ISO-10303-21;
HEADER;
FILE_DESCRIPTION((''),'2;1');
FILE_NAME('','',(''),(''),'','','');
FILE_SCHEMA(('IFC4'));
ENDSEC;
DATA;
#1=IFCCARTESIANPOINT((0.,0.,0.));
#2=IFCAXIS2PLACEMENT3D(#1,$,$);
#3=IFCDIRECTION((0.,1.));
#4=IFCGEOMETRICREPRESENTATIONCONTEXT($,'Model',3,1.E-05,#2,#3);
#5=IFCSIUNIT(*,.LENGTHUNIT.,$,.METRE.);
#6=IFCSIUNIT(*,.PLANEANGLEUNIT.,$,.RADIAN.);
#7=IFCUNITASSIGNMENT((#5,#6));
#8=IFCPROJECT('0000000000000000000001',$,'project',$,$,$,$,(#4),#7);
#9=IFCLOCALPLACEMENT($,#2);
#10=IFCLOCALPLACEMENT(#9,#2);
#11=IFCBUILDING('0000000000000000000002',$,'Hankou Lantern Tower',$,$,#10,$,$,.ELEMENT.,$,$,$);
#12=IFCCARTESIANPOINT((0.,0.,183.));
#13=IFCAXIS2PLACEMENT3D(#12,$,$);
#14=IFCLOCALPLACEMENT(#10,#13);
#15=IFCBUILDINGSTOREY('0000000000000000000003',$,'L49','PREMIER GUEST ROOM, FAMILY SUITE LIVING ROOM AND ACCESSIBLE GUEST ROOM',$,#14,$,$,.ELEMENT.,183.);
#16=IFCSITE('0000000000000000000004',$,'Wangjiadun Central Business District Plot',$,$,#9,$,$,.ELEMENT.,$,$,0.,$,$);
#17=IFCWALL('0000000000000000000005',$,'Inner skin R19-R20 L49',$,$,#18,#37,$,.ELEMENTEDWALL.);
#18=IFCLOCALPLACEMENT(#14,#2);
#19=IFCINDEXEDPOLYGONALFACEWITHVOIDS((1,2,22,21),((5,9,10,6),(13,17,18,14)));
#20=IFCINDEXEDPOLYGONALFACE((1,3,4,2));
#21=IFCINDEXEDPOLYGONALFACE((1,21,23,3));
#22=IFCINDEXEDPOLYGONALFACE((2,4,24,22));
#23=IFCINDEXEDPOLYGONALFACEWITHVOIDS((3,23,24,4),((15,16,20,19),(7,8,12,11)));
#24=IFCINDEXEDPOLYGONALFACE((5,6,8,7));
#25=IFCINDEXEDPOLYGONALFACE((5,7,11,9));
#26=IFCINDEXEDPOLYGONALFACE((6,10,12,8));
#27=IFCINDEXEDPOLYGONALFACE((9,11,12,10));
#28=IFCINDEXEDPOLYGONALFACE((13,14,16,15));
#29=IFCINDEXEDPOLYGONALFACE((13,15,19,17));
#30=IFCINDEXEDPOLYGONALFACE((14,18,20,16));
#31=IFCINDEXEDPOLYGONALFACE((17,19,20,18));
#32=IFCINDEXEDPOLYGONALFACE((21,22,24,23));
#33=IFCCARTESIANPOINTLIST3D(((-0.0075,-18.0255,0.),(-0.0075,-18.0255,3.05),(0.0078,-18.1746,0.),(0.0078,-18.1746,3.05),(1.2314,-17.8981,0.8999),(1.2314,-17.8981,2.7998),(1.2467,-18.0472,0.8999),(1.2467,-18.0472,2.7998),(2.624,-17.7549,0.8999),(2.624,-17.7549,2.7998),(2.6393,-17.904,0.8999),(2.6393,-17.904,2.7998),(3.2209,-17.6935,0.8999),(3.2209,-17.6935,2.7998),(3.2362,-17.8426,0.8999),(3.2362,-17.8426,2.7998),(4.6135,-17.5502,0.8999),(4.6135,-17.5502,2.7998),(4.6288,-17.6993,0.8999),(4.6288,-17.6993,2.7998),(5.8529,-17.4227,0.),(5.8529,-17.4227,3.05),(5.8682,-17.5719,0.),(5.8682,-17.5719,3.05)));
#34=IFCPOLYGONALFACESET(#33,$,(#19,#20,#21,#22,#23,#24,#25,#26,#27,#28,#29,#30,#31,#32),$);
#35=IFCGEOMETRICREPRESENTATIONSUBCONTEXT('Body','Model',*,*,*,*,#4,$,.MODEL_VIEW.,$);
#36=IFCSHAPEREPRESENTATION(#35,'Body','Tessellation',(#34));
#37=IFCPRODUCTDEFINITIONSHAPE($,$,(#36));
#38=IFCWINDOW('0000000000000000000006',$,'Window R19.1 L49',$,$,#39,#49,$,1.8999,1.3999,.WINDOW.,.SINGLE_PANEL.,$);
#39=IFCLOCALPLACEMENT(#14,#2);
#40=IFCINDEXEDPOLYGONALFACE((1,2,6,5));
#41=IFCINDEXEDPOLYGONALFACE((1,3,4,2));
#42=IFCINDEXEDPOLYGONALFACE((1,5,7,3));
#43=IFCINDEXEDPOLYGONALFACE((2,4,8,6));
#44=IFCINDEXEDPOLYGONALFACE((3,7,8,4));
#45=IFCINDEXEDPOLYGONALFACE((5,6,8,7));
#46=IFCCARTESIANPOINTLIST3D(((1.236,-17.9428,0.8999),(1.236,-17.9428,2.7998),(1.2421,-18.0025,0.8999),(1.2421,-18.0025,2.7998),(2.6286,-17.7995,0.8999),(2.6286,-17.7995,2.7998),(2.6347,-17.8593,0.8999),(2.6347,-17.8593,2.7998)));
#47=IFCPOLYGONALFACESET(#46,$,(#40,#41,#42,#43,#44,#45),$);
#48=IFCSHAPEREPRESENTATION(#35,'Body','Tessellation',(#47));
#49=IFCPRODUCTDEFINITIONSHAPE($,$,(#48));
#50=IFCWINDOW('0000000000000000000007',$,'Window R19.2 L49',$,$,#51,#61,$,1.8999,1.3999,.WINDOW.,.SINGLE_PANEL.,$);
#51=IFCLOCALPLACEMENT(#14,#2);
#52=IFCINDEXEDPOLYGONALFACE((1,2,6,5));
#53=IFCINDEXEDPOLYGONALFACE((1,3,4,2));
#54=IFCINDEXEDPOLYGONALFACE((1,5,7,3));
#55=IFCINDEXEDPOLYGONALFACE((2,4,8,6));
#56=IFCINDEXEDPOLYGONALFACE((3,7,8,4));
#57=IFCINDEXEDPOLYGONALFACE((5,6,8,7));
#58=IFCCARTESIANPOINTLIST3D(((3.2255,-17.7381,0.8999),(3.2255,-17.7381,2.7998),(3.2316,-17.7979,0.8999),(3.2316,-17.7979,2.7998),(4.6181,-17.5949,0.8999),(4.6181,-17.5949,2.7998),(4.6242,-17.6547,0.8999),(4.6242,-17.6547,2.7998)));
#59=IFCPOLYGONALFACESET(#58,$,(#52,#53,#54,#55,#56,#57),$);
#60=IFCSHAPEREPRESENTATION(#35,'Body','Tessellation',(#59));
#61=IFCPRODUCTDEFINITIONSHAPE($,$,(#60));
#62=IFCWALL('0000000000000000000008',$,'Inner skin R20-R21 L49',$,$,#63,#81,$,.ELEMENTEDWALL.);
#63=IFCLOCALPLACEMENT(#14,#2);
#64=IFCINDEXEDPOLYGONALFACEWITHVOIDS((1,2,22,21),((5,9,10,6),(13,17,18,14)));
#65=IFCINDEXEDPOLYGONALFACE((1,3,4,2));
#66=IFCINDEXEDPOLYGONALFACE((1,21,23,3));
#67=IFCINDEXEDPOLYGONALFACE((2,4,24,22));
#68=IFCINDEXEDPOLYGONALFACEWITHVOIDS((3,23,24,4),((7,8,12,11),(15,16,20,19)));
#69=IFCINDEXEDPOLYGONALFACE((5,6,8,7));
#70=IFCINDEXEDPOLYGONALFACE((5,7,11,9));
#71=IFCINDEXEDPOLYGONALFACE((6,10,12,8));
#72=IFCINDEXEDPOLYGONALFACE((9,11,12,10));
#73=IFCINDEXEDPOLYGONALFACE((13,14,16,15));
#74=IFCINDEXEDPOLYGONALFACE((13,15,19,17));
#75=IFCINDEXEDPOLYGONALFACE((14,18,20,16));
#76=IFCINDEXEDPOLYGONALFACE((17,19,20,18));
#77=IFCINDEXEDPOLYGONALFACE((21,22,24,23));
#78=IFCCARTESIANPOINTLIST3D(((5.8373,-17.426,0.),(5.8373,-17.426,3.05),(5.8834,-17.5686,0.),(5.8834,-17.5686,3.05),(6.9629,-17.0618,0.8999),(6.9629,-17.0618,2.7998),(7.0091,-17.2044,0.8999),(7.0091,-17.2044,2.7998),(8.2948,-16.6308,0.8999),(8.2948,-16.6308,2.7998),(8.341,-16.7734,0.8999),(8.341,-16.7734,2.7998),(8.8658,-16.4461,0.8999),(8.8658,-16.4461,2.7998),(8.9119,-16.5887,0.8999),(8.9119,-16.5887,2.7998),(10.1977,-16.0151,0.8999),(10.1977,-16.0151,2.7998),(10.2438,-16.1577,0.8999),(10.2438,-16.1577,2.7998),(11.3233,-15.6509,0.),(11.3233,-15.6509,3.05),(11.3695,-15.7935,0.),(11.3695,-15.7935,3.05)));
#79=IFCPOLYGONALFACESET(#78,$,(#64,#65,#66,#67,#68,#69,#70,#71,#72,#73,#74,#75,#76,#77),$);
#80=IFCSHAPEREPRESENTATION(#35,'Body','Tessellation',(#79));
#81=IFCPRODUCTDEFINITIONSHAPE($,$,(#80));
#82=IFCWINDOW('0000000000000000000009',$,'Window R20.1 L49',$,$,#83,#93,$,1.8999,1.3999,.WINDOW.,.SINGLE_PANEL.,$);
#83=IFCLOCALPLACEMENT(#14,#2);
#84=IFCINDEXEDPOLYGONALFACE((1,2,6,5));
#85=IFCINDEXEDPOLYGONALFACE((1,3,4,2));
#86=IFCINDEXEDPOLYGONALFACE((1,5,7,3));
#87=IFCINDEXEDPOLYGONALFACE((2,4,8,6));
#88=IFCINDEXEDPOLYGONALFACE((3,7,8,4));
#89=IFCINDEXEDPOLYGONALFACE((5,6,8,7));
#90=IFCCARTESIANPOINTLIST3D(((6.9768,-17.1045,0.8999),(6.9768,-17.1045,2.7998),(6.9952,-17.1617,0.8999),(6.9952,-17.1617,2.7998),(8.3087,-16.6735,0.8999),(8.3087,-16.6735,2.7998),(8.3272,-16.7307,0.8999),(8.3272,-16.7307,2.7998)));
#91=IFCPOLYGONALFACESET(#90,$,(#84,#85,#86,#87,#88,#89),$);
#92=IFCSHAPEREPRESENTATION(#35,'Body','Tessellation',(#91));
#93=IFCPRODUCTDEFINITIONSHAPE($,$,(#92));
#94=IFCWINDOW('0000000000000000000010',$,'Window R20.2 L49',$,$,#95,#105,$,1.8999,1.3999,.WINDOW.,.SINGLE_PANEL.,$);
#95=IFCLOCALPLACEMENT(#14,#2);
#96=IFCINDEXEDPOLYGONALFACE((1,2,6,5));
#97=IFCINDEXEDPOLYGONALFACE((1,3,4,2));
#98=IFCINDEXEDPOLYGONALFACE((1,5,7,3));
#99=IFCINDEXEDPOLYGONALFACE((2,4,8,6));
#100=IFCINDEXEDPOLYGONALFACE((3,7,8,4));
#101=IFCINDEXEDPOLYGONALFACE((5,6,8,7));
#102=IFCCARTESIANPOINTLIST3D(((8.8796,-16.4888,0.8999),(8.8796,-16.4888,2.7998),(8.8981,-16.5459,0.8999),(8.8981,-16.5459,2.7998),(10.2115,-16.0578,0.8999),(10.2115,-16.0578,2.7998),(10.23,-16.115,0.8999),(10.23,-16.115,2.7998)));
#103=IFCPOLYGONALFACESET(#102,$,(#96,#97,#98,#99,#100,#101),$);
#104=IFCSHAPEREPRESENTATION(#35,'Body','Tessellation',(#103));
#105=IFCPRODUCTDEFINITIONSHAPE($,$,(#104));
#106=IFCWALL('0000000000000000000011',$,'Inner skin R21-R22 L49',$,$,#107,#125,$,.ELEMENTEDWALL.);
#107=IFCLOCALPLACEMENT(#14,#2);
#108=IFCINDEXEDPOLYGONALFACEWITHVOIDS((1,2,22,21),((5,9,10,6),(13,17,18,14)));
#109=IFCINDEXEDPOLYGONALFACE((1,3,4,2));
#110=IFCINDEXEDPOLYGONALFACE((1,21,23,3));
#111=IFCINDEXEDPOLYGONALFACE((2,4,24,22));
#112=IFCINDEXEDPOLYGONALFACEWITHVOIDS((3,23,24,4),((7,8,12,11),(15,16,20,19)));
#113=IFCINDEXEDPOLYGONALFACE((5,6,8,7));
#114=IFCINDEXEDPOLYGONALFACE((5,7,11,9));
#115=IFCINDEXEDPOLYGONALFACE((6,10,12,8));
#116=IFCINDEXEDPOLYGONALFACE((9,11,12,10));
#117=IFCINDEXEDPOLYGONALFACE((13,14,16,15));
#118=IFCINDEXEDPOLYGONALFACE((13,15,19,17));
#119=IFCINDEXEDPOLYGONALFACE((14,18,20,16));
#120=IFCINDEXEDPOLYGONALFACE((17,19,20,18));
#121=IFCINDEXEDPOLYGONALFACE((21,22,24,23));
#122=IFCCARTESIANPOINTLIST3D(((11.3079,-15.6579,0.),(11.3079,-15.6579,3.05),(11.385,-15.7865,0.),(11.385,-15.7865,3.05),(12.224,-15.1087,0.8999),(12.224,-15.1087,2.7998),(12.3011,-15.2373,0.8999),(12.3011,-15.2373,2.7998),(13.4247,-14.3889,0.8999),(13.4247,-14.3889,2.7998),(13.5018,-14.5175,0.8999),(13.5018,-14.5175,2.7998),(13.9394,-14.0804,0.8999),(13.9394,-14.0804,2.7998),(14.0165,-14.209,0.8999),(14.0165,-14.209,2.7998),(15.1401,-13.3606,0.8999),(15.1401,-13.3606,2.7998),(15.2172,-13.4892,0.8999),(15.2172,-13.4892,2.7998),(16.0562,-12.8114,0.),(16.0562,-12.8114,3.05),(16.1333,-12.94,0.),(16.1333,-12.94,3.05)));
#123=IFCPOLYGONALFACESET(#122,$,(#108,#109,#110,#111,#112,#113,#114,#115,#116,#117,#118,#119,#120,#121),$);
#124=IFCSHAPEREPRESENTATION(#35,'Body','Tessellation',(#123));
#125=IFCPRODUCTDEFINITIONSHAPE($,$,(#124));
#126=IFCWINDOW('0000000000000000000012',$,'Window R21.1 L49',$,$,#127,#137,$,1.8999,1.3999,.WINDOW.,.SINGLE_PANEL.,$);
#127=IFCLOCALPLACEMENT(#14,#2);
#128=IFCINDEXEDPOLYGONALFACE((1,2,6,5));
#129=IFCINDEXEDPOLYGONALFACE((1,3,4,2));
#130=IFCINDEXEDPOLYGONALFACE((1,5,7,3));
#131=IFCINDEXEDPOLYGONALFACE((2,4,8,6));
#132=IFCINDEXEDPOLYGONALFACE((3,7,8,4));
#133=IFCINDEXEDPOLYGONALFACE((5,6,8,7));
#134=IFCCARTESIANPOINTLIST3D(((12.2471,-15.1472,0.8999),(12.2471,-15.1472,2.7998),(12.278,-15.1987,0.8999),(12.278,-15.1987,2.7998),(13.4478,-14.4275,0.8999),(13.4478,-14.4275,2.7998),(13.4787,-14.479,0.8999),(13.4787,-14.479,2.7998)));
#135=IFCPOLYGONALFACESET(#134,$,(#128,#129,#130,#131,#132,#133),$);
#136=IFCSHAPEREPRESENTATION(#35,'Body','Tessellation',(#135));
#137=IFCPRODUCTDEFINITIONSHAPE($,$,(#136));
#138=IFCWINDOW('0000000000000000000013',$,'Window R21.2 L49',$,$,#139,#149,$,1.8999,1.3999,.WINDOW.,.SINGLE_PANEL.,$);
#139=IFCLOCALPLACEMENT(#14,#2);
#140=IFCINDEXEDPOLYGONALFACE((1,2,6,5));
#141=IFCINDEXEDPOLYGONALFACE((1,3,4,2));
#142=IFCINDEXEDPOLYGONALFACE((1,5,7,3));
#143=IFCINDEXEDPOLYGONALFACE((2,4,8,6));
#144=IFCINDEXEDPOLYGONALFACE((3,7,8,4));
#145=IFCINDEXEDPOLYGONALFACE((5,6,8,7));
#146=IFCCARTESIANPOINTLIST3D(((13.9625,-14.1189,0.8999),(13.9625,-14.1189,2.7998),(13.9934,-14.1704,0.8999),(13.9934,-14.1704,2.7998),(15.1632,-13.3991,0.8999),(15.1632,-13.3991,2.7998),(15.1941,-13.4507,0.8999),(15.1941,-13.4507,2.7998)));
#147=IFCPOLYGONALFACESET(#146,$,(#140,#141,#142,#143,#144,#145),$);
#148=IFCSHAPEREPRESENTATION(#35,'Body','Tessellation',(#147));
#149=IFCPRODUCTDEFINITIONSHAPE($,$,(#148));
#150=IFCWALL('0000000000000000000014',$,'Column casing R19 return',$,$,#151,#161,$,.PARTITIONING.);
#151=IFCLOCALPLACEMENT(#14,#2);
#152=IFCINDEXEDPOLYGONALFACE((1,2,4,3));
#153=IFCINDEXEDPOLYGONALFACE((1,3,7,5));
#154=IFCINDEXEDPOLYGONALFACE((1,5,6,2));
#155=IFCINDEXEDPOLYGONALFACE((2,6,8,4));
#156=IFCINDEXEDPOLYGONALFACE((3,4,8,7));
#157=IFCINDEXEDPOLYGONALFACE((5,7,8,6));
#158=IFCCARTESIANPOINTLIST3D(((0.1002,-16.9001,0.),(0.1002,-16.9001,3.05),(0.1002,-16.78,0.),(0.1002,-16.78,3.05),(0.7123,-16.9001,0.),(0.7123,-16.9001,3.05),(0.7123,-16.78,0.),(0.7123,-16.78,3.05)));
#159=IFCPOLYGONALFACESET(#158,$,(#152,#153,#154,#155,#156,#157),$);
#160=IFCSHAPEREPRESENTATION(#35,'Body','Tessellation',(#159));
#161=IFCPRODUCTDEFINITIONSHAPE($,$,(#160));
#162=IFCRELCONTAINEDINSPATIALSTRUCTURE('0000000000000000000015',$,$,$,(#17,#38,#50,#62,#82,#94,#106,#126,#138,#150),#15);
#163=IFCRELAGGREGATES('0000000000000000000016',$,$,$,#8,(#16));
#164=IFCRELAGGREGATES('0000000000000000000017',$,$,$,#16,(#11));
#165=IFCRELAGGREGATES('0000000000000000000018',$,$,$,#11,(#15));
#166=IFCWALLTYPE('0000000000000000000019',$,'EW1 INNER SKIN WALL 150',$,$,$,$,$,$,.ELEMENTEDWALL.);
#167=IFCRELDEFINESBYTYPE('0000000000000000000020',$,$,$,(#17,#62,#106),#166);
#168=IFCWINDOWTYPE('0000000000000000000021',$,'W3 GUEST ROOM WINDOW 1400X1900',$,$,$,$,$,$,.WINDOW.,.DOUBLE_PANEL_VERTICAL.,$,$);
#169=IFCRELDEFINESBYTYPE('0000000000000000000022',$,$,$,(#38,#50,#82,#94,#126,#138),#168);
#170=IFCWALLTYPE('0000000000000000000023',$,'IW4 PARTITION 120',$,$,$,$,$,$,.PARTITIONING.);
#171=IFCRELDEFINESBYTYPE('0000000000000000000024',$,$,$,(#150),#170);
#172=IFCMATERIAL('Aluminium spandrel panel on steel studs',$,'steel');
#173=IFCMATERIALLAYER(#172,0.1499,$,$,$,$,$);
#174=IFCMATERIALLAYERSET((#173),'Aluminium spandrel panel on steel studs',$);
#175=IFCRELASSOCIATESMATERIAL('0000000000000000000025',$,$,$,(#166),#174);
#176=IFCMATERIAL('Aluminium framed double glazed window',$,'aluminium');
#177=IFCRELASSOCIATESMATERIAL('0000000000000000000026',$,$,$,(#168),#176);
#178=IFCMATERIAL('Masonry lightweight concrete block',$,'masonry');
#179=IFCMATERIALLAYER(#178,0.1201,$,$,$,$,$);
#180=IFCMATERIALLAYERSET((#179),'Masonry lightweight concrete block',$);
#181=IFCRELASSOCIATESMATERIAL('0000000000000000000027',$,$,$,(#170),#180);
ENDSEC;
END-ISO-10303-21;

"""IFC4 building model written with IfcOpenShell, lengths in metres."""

from ifc_helpers import new_model, si_unit, direction, frame, frame_2d, origin, place, context, subcontext, project, spatial, rectangle, extrude, material, layer, layer_set, type_object, element, fill, save


model = new_model("IFC4")

# Units and contexts
model_context = context("Model", 3, precision=1e-05, world=origin(), true_north=direction((0.0, 1.0)))
body_context = subcontext(model_context, "Body", "Model", "MODEL_VIEW")
ifc_project = project(units=[si_unit("LENGTHUNIT", "METRE"), si_unit("PLANEANGLEUNIT", "RADIAN")], contexts=[model_context])

# Site, building, storey
site_placement = place(None, origin())
site = spatial("IfcSite", under=ifc_project, at=site_placement, Name="Wangjiadun Central Business District Plot", CompositionType="ELEMENT", RefElevation=0.0)
building_placement = place(site_placement, origin())
building = spatial("IfcBuilding", under=site, at=building_placement, Name="Hankou Lantern Tower", CompositionType="ELEMENT")
storey_placement = place(building_placement, frame((0.0, 0.0, 183.0)))
storey = spatial("IfcBuildingStorey", under=building, at=storey_placement, Name="L49", Description="PREMIER GUEST ROOM, FAMILY SUITE LIVING ROOM AND ACCESSIBLE GUEST ROOM", CompositionType="ELEMENT", Elevation=183.0)

# Walls, openings, windows
ifc_material_1 = material(Name="Aluminium spandrel panel on steel studs", Category="steel")
ifc_layer_1 = layer(ifc_material_1, 0.1499)
ifc_layer_set_1 = layer_set([ifc_layer_1], Name="Aluminium spandrel panel on steel studs")
wall_type_1 = type_object("IfcWallType", Name="EW1 INNER SKIN WALL 150", PredefinedType="ELEMENTEDWALL", material=ifc_layer_set_1)
wall_1_placement = place(storey_placement, frame((0.0, -18.1001, 0.0), z_axis=(0.0, 0.0, 1.0), x_axis=(0.994752, 0.102318, 0.0)))
wall_1 = element("IfcWall", 1, at=wall_1_placement, inside=storey, type_object=wall_type_1, Name="Inner skin R19-R20 L49", PredefinedType="ELEMENTEDWALL", context=body_context, shape_type="SweptSolid", body=[
    extrude(rectangle(XDim=5.8914, YDim=0.1499, at=frame_2d((2.9458, 0.0))), origin(), (0.0, 0.0, 1.0), 3.05),
])
opening_1_placement = place(wall_1_placement, frame((1.2456, 0.0, 0.8999)))
opening_1 = element("IfcOpeningElement", 2, at=opening_1_placement, cuts=wall_1, PredefinedType="OPENING", context=body_context, shape_type="SweptSolid", body=[
    extrude(rectangle(XDim=1.3999, YDim=1.8999, at=frame_2d((0.7, 0.95))), frame((0.0, 0.085, 0.0), z_axis=(0.0, -1.0, 0.0), x_axis=(1.0, 0.0, 0.0)), (0.0, 0.0, 1.0), 0.1699),
])
opening_2_placement = place(wall_1_placement, frame((3.2456, 0.0, 0.8999)))
opening_2 = element("IfcOpeningElement", 3, at=opening_2_placement, cuts=wall_1, PredefinedType="OPENING", context=body_context, shape_type="SweptSolid", body=[
    extrude(rectangle(XDim=1.3999, YDim=1.8999, at=frame_2d((0.7, 0.95))), frame((0.0, 0.085, 0.0), z_axis=(0.0, -1.0, 0.0), x_axis=(1.0, 0.0, 0.0)), (0.0, 0.0, 1.0), 0.1699),
])
ifc_material_2 = material(Name="Aluminium framed double glazed window", Category="aluminium")
window_type = type_object("IfcWindowType", Name="W3 GUEST ROOM WINDOW 1400X1900", PartitioningType="DOUBLE_PANEL_VERTICAL", PredefinedType="WINDOW", material=ifc_material_2)
window_1_placement = place(opening_1_placement, origin())
window_1 = element("IfcWindow", 4, at=window_1_placement, inside=storey, type_object=window_type, Name="Window R19.1 L49", OverallHeight=1.8999, OverallWidth=1.3999, PartitioningType="SINGLE_PANEL", PredefinedType="WINDOW", context=body_context, shape_type="SweptSolid", body=[
    extrude(rectangle(XDim=1.3999, YDim=1.8999, at=frame_2d((0.7, 0.95))), frame((0.0, 0.03, 0.0), z_axis=(0.0, -1.0, 0.0), x_axis=(1.0, 0.0, 0.0)), (0.0, 0.0, 1.0), 0.0601),
])
fill(opening_1, window_1)
window_2_placement = place(opening_2_placement, origin())
window_2 = element("IfcWindow", 5, at=window_2_placement, inside=storey, type_object=window_type, Name="Window R19.2 L49", OverallHeight=1.8999, OverallWidth=1.3999, PartitioningType="SINGLE_PANEL", PredefinedType="WINDOW", context=body_context, shape_type="SweptSolid", body=[
    extrude(rectangle(XDim=1.3999, YDim=1.8999, at=frame_2d((0.7, 0.95))), frame((0.0, 0.03, 0.0), z_axis=(0.0, -1.0, 0.0), x_axis=(1.0, 0.0, 0.0)), (0.0, 0.0, 1.0), 0.0601),
])
fill(opening_2, window_2)
wall_2_placement = place(storey_placement, frame((5.8604, -17.4973, 0.0), z_axis=(0.0, 0.0, 1.0), x_axis=(0.951432, 0.307857, 0.0)))
wall_2 = element("IfcWall", 6, at=wall_2_placement, inside=storey, type_object=wall_type_1, Name="Inner skin R20-R21 L49", PredefinedType="ELEMENTEDWALL", context=body_context, shape_type="SweptSolid", body=[
    extrude(rectangle(XDim=5.7661, YDim=0.1499, at=frame_2d((2.8831, 0.0))), origin(), (0.0, 0.0, 1.0), 3.05),
])
opening_3_placement = place(wall_2_placement, frame((1.1831, 0.0, 0.8999)))
opening_3 = element("IfcOpeningElement", 7, at=opening_3_placement, cuts=wall_2, PredefinedType="OPENING", context=body_context, shape_type="SweptSolid", body=[
    extrude(rectangle(XDim=1.3999, YDim=1.8999, at=frame_2d((0.7, 0.95))), frame((0.0, 0.085, 0.0), z_axis=(0.0, -1.0, 0.0), x_axis=(1.0, 0.0, 0.0)), (0.0, 0.0, 1.0), 0.1699),
])
opening_4_placement = place(wall_2_placement, frame((3.1831, 0.0, 0.8999)))
opening_4 = element("IfcOpeningElement", 8, at=opening_4_placement, cuts=wall_2, PredefinedType="OPENING", context=body_context, shape_type="SweptSolid", body=[
    extrude(rectangle(XDim=1.3999, YDim=1.8999, at=frame_2d((0.7, 0.95))), frame((0.0, 0.085, 0.0), z_axis=(0.0, -1.0, 0.0), x_axis=(1.0, 0.0, 0.0)), (0.0, 0.0, 1.0), 0.1699),
])
window_3_placement = place(opening_3_placement, origin())
window_3 = element("IfcWindow", 9, at=window_3_placement, inside=storey, type_object=window_type, Name="Window R20.1 L49", OverallHeight=1.8999, OverallWidth=1.3999, PartitioningType="SINGLE_PANEL", PredefinedType="WINDOW", context=body_context, shape_type="SweptSolid", body=[
    extrude(rectangle(XDim=1.3999, YDim=1.8999, at=frame_2d((0.7, 0.95))), frame((0.0, 0.03, 0.0), z_axis=(0.0, -1.0, 0.0), x_axis=(1.0, 0.0, 0.0)), (0.0, 0.0, 1.0), 0.0601),
])
fill(opening_3, window_3)
window_4_placement = place(opening_4_placement, origin())
window_4 = element("IfcWindow", 10, at=window_4_placement, inside=storey, type_object=window_type, Name="Window R20.2 L49", OverallHeight=1.8999, OverallWidth=1.3999, PartitioningType="SINGLE_PANEL", PredefinedType="WINDOW", context=body_context, shape_type="SweptSolid", body=[
    extrude(rectangle(XDim=1.3999, YDim=1.8999, at=frame_2d((0.7, 0.95))), frame((0.0, 0.03, 0.0), z_axis=(0.0, -1.0, 0.0), x_axis=(1.0, 0.0, 0.0)), (0.0, 0.0, 1.0), 0.0601),
])
fill(opening_4, window_4)
wall_3_placement = place(storey_placement, frame((11.3464, -15.7222, 0.0), z_axis=(0.0, 0.0, 1.0), x_axis=(0.857695, 0.514158, 0.0)))
wall_3 = element("IfcWall", 11, at=wall_3_placement, inside=storey, type_object=wall_type_1, Name="Inner skin R21-R22 L49", PredefinedType="ELEMENTEDWALL", context=body_context, shape_type="SweptSolid", body=[
    extrude(rectangle(XDim=5.5361, YDim=0.1499, at=frame_2d((2.7681, 0.0))), origin(), (0.0, 0.0, 1.0), 3.05),
])
opening_5_placement = place(wall_3_placement, frame((1.0681, 0.0, 0.8999)))
opening_5 = element("IfcOpeningElement", 12, at=opening_5_placement, cuts=wall_3, PredefinedType="OPENING", context=body_context, shape_type="SweptSolid", body=[
    extrude(rectangle(XDim=1.3999, YDim=1.8999, at=frame_2d((0.7, 0.95))), frame((0.0, 0.085, 0.0), z_axis=(0.0, -1.0, 0.0), x_axis=(1.0, 0.0, 0.0)), (0.0, 0.0, 1.0), 0.1699),
])
opening_6_placement = place(wall_3_placement, frame((3.0681, 0.0, 0.8999)))
opening_6 = element("IfcOpeningElement", 13, at=opening_6_placement, cuts=wall_3, PredefinedType="OPENING", context=body_context, shape_type="SweptSolid", body=[
    extrude(rectangle(XDim=1.3999, YDim=1.8999, at=frame_2d((0.7, 0.95))), frame((0.0, 0.085, 0.0), z_axis=(0.0, -1.0, 0.0), x_axis=(1.0, 0.0, 0.0)), (0.0, 0.0, 1.0), 0.1699),
])
window_5_placement = place(opening_5_placement, origin())
window_5 = element("IfcWindow", 14, at=window_5_placement, inside=storey, type_object=window_type, Name="Window R21.1 L49", OverallHeight=1.8999, OverallWidth=1.3999, PartitioningType="SINGLE_PANEL", PredefinedType="WINDOW", context=body_context, shape_type="SweptSolid", body=[
    extrude(rectangle(XDim=1.3999, YDim=1.8999, at=frame_2d((0.7, 0.95))), frame((0.0, 0.03, 0.0), z_axis=(0.0, -1.0, 0.0), x_axis=(1.0, 0.0, 0.0)), (0.0, 0.0, 1.0), 0.0601),
])
fill(opening_5, window_5)
window_6_placement = place(opening_6_placement, origin())
window_6 = element("IfcWindow", 15, at=window_6_placement, inside=storey, type_object=window_type, Name="Window R21.2 L49", OverallHeight=1.8999, OverallWidth=1.3999, PartitioningType="SINGLE_PANEL", PredefinedType="WINDOW", context=body_context, shape_type="SweptSolid", body=[
    extrude(rectangle(XDim=1.3999, YDim=1.8999, at=frame_2d((0.7, 0.95))), frame((0.0, 0.03, 0.0), z_axis=(0.0, -1.0, 0.0), x_axis=(1.0, 0.0, 0.0)), (0.0, 0.0, 1.0), 0.0601),
])
fill(opening_6, window_6)

# Wall
ifc_material_3 = material(Name="Masonry lightweight concrete block", Category="masonry")
ifc_layer_2 = layer(ifc_material_3, 0.1201)
ifc_layer_set_2 = layer_set([ifc_layer_2], Name="Masonry lightweight concrete block")
wall_type_2 = type_object("IfcWallType", Name="IW4 PARTITION 120", PredefinedType="PARTITIONING", material=ifc_layer_set_2)
wall_4_placement = place(storey_placement, frame((0.1001, -16.8401, 0.0), z_axis=(0.0, 0.0, 1.0), x_axis=(1.0, 0.0, 0.0)))
element("IfcWall", 16, at=wall_4_placement, inside=storey, type_object=wall_type_2, Name="Column casing R19 return", PredefinedType="PARTITIONING", context=body_context, shape_type="SweptSolid", body=[
    extrude(rectangle(XDim=0.6121, YDim=0.1201, at=frame_2d((0.3062, 0.0))), origin(), (0.0, 0.0, 1.0), 3.05),
])

save(model, "model.ifc")
